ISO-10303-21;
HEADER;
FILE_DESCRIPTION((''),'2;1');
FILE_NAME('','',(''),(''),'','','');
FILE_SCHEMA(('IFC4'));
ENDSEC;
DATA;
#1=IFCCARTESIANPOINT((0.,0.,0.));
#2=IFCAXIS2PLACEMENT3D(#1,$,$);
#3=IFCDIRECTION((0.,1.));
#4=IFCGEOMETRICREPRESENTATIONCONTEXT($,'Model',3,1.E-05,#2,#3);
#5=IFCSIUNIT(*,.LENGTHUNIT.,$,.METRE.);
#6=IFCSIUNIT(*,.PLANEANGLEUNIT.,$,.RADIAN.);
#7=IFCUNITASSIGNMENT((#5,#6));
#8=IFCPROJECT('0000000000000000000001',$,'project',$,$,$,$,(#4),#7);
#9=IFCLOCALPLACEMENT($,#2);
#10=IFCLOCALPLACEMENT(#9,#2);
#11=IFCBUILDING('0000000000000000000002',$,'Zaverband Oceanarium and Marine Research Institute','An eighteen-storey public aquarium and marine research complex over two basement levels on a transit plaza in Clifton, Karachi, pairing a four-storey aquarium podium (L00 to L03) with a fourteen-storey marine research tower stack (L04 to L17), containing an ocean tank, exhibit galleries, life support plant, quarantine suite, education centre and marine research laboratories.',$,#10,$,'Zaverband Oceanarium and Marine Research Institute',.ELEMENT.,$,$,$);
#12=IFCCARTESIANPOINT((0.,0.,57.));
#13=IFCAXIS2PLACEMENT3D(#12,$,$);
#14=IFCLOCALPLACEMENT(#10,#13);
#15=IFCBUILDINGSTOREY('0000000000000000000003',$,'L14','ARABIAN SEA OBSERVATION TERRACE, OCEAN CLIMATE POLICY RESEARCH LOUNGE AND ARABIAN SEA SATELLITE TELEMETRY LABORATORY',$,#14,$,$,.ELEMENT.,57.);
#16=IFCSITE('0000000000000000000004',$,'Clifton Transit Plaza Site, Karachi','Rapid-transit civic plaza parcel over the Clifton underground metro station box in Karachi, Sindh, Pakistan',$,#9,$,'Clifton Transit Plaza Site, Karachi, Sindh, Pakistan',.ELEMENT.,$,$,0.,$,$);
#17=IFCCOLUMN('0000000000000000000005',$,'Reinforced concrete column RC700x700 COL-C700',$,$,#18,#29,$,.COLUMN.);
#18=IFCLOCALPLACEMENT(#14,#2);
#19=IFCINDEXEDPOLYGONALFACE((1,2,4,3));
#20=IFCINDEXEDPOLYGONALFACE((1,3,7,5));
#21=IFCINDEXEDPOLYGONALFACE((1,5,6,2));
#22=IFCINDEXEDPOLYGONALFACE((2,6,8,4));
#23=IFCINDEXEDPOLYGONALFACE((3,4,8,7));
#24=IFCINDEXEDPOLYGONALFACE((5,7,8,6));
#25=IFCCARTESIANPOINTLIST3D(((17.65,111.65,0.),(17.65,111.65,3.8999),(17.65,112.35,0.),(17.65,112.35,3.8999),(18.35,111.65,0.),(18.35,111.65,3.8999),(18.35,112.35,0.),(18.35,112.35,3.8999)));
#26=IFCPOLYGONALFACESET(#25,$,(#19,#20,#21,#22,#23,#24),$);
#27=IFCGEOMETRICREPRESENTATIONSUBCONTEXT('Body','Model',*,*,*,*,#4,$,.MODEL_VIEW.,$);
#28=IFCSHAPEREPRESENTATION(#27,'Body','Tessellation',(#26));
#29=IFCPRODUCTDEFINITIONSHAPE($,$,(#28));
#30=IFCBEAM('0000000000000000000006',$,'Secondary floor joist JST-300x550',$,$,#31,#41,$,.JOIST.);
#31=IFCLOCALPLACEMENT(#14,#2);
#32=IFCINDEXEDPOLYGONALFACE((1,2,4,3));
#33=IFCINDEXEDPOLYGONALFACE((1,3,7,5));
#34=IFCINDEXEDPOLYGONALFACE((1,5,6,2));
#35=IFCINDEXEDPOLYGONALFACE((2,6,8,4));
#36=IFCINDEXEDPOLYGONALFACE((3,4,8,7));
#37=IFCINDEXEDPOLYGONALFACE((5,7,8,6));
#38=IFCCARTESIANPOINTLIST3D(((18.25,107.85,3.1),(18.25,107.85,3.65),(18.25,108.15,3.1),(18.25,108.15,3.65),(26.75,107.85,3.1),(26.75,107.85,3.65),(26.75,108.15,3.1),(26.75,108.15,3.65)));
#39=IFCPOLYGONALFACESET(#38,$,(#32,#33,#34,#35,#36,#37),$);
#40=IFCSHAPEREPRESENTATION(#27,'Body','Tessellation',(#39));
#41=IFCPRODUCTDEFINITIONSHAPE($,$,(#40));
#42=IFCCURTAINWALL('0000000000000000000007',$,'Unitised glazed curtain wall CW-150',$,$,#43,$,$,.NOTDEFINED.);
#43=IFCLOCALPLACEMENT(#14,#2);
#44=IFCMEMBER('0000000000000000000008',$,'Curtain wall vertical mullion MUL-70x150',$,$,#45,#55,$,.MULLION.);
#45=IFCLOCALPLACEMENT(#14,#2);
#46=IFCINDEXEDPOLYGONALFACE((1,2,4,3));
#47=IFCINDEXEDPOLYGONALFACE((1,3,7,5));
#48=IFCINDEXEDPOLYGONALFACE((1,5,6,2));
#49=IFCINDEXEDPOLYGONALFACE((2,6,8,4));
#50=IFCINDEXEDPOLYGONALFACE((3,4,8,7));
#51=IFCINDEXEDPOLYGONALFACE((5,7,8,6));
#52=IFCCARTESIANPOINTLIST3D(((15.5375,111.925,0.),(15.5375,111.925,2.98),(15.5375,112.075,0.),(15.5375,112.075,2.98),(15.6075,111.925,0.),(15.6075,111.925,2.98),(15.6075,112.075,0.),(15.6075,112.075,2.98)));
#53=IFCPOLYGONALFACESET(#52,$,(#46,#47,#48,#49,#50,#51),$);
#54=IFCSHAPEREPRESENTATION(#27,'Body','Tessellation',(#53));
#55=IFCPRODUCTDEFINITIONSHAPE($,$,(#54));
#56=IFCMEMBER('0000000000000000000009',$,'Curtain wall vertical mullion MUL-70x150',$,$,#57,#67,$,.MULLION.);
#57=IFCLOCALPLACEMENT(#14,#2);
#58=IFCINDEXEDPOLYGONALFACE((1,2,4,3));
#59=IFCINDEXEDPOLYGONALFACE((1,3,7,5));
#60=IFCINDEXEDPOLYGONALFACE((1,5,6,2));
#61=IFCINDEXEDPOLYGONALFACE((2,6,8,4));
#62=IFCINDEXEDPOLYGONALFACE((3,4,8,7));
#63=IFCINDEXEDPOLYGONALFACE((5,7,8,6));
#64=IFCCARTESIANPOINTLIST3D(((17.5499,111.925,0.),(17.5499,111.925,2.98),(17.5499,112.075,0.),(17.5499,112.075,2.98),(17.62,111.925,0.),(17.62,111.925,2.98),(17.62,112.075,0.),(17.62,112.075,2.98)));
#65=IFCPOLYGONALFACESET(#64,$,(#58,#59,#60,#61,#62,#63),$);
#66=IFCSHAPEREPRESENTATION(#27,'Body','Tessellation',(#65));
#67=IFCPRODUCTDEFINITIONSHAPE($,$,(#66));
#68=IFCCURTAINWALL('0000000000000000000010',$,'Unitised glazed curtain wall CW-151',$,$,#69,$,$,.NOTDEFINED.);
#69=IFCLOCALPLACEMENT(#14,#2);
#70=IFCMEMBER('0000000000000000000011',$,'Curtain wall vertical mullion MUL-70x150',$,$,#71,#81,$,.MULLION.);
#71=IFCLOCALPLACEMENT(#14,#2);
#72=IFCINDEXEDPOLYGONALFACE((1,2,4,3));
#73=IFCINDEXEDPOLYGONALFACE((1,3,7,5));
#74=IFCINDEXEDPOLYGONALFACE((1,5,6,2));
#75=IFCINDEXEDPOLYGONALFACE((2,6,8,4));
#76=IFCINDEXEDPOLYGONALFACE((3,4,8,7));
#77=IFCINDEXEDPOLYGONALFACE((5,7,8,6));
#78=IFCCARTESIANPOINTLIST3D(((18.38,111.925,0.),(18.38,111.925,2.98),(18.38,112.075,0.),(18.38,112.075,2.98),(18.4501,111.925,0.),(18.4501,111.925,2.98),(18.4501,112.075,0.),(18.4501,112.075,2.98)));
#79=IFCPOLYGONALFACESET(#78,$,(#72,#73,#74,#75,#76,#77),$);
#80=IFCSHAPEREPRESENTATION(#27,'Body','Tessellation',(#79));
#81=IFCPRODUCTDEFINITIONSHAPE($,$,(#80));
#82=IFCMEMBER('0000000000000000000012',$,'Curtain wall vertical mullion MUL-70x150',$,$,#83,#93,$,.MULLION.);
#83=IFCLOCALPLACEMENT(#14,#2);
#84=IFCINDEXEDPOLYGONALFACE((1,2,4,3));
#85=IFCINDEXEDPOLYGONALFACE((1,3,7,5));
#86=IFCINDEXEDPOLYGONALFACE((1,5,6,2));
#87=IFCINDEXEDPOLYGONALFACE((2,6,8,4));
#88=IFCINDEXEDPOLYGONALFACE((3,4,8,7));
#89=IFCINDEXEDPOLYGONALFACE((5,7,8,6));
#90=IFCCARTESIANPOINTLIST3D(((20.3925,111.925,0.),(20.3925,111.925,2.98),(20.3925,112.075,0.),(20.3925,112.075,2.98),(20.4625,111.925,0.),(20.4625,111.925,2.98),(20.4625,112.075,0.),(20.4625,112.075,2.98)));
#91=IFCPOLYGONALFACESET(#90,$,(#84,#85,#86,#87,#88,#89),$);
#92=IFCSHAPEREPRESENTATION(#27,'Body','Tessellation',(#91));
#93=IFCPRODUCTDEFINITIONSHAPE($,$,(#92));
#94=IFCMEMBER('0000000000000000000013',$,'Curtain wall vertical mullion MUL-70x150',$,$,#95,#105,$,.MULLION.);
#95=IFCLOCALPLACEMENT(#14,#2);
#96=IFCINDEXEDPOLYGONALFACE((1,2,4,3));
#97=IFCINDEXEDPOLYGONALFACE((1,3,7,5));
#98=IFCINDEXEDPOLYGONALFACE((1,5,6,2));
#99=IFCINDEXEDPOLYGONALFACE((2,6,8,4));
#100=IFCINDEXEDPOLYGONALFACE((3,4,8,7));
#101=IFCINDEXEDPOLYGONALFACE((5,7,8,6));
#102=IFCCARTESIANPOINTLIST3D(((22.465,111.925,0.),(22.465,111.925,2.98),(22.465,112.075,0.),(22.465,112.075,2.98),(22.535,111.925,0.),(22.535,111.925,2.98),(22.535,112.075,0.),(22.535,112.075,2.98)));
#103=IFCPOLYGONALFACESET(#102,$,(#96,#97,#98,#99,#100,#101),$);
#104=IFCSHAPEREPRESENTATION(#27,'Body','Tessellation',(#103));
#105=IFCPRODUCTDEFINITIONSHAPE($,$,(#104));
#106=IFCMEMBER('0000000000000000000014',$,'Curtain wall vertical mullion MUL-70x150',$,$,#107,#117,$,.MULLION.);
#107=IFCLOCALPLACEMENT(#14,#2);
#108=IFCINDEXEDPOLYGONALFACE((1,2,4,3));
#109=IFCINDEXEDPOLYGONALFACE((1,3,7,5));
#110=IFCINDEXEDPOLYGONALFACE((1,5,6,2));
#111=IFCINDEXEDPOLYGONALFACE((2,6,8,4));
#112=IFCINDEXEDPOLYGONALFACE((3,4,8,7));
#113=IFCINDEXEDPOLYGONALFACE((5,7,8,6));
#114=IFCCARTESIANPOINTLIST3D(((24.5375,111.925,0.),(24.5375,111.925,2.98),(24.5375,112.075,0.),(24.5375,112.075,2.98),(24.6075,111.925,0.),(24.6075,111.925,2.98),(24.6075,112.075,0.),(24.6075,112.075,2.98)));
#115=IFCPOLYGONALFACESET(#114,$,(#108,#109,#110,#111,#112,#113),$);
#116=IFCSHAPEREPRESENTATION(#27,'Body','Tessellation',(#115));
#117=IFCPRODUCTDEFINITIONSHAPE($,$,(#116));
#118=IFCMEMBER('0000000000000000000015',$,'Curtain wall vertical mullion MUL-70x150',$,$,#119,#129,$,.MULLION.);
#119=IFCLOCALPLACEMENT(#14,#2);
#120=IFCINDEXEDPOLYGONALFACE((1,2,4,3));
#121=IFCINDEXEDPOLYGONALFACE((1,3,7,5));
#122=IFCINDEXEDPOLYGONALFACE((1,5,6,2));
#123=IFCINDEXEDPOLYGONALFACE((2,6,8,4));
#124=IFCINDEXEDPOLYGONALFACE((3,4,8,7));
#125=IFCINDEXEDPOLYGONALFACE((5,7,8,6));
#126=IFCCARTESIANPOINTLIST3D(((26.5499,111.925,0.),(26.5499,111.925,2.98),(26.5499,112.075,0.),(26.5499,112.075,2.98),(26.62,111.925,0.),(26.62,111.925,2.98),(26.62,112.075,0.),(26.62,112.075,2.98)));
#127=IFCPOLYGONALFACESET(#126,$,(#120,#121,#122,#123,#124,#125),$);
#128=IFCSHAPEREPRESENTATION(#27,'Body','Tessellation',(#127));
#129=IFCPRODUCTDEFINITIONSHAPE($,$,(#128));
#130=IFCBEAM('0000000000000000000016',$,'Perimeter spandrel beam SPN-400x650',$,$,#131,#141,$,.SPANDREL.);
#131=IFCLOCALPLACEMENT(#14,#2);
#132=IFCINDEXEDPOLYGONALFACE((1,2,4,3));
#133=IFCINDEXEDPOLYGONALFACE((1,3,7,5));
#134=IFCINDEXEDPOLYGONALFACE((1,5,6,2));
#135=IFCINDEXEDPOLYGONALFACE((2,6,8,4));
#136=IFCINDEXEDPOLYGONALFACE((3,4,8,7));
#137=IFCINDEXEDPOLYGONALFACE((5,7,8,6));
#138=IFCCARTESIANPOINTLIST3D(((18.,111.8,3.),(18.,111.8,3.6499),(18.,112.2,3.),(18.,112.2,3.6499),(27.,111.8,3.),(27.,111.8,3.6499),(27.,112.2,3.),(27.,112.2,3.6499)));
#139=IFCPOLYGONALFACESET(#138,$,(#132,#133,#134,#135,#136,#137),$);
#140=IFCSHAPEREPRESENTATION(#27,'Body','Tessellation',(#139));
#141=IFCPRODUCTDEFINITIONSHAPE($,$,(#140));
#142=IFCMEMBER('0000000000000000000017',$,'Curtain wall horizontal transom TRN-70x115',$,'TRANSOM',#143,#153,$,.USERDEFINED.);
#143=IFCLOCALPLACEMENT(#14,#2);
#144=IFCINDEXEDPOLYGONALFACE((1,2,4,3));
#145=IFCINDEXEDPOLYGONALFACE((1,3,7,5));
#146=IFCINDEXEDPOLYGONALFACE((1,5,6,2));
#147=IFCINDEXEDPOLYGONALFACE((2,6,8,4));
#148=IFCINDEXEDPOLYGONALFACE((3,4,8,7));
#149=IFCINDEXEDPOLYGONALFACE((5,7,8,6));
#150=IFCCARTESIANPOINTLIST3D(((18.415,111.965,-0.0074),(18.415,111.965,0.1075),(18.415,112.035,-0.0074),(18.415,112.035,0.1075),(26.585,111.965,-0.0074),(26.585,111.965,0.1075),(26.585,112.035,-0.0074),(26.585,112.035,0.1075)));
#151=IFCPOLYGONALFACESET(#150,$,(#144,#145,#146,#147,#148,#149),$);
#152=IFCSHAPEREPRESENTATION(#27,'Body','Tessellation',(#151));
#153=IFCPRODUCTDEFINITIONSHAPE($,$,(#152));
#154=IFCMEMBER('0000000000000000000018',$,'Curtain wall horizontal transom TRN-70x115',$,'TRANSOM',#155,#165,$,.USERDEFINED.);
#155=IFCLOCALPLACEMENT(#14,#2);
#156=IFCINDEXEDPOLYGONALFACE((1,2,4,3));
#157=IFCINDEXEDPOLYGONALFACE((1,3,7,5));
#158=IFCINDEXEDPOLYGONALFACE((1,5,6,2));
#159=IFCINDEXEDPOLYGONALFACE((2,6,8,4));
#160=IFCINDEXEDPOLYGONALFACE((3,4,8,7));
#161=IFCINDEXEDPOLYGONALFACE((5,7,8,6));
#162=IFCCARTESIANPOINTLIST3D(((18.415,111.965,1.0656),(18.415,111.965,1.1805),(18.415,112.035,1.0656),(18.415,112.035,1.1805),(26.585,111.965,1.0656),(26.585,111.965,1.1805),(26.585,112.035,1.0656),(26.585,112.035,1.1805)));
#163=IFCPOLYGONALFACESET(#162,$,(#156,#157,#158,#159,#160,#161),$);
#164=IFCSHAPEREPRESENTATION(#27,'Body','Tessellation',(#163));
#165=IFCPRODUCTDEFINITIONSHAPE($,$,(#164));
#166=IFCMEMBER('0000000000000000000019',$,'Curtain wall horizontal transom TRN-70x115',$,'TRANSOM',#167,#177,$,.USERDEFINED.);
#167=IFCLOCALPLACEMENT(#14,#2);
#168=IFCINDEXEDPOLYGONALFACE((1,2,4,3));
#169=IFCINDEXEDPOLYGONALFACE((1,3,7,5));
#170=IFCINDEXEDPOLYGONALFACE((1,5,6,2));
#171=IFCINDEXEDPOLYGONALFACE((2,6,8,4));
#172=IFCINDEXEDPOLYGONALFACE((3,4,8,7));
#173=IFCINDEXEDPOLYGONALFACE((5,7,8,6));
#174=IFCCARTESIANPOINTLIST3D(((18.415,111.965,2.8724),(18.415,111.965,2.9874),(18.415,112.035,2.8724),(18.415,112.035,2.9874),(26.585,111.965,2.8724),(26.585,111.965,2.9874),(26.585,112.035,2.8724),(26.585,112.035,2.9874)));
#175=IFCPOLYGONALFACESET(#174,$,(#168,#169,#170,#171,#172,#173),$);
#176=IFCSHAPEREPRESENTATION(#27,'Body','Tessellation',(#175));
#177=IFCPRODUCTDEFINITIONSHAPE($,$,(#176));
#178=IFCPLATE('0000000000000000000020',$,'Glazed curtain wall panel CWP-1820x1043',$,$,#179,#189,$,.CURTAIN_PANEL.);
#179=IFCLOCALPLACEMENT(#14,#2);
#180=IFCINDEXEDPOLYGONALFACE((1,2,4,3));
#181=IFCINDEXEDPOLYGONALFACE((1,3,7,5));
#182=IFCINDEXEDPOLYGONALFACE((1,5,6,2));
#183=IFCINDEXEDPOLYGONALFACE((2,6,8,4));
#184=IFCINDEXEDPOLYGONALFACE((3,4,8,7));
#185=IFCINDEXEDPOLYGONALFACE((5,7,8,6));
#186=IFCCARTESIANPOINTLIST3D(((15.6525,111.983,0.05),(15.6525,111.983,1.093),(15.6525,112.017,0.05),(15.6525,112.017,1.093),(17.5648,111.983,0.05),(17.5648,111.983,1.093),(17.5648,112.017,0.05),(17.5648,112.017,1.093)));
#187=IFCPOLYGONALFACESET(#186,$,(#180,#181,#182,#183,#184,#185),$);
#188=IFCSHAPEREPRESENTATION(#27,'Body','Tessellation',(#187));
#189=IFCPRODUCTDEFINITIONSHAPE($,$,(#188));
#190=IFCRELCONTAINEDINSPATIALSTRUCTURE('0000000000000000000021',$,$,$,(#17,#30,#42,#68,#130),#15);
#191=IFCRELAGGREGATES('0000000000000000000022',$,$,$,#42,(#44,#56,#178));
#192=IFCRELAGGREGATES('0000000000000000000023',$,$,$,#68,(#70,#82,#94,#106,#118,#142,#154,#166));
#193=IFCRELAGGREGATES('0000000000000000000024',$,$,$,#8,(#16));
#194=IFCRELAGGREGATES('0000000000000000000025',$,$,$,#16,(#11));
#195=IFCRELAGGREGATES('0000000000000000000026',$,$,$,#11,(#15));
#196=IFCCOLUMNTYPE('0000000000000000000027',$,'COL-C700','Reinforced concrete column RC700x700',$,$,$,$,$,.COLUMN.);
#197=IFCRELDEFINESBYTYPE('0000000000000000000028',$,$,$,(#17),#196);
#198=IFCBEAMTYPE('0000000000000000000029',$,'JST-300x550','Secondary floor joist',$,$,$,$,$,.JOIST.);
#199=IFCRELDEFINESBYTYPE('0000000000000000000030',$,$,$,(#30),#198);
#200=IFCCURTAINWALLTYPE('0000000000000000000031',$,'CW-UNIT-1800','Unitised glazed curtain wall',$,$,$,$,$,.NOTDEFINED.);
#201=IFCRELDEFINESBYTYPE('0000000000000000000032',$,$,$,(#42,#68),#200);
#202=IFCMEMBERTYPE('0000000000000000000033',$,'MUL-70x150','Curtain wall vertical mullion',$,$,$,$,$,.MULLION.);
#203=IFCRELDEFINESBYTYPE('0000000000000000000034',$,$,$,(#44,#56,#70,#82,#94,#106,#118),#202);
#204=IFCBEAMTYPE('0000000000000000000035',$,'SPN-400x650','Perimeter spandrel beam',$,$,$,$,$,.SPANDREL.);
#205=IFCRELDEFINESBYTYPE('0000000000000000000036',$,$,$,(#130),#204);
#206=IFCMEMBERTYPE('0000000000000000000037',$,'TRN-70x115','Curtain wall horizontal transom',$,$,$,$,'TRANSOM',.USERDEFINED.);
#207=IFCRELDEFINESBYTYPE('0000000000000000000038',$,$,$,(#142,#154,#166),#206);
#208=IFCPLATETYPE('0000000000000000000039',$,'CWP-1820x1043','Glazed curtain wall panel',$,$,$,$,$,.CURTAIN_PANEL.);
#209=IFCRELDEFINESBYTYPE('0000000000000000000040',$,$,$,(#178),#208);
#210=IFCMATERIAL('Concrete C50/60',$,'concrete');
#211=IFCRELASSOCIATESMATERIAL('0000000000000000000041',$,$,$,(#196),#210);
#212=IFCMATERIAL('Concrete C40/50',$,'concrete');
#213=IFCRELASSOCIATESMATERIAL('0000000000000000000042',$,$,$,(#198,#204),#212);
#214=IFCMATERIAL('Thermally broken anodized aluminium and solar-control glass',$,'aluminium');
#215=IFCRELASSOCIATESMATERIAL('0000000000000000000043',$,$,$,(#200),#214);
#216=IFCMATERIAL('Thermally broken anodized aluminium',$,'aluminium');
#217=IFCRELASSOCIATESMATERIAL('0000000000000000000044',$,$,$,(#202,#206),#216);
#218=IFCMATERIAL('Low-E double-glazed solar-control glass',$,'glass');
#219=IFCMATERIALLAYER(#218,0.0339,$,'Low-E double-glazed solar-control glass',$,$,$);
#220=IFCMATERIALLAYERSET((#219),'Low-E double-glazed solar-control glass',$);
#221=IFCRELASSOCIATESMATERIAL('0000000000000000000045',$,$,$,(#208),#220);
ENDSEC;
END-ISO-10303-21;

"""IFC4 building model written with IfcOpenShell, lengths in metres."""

from ifc_helpers import new_model, si_unit, direction, frame, frame_2d, origin, origin_2d, place, context, subcontext, project, spatial, rectangle, extrude, material, layer, layer_set, material_profile, profile_set, type_object, element, aggregate, save


model = new_model("IFC4")

# Units and contexts
model_context = context("Model", 3, precision=1e-05, world=origin(), true_north=direction((0.0, 1.0)))
body_context = subcontext(model_context, "Body", "Model", "MODEL_VIEW")
ifc_project = project(units=[si_unit("LENGTHUNIT", "METRE"), si_unit("PLANEANGLEUNIT", "RADIAN")], contexts=[model_context])

# Site, building, storey
site_placement = place(None, origin())
site = spatial("IfcSite", under=ifc_project, at=site_placement, Name="Clifton Transit Plaza Site, Karachi", Description="Rapid-transit civic plaza parcel over the Clifton underground metro station box in Karachi, Sindh, Pakistan", LongName="Clifton Transit Plaza Site, Karachi, Sindh, Pakistan", CompositionType="ELEMENT", RefElevation=0.0)
building_placement = place(site_placement, origin())
building = spatial("IfcBuilding", under=site, at=building_placement, Name="Zaverband Oceanarium and Marine Research Institute", Description="An eighteen-storey public aquarium and marine research complex over two basement levels on a transit plaza in Clifton, Karachi, pairing a four-storey aquarium podium (L00 to L03) with a fourteen-storey marine research tower stack (L04 to L17), containing an ocean tank, exhibit galleries, life support plant, quarantine suite, education centre and marine research laboratories.", LongName="Zaverband Oceanarium and Marine Research Institute", CompositionType="ELEMENT")
storey_placement = place(building_placement, frame((0.0, 0.0, 57.0)))
storey = spatial("IfcBuildingStorey", under=building, at=storey_placement, Name="L14", Description="ARABIAN SEA OBSERVATION TERRACE, OCEAN CLIMATE POLICY RESEARCH LOUNGE AND ARABIAN SEA SATELLITE TELEMETRY LABORATORY", CompositionType="ELEMENT", Elevation=57.0)

# Column
ifc_material_1 = material(Name="Concrete C50/60", Category="concrete")
ifc_material_profile_1 = material_profile(ifc_material_1, rectangle(XDim=0.7, YDim=0.7, at=origin_2d()), Name="RC700x700")
ifc_profile_set_1 = profile_set([ifc_material_profile_1], Name="Concrete C50/60")
column_type = type_object("IfcColumnType", Name="COL-C700", Description="Reinforced concrete column RC700x700", PredefinedType="COLUMN", material=ifc_profile_set_1)
column_placement = place(storey_placement, frame((18.0, 112.0, 0.0), z_axis=(0.0, 0.0, 1.0), x_axis=(1.0, 0.0, 0.0)))
element("IfcColumn", 1, at=column_placement, inside=storey, type_object=column_type, Name="Reinforced concrete column RC700x700 COL-C700", PredefinedType="COLUMN", context=body_context, shape_type="SweptSolid", body=[
    extrude(rectangle(XDim=0.7, YDim=0.7, at=origin_2d()), origin(), (0.0, 0.0, 1.0), 3.8999),
])

# Beam
ifc_material_2 = material(Name="Concrete C40/50", Category="concrete")
ifc_material_profile_2 = material_profile(ifc_material_2, rectangle(XDim=0.3, YDim=0.55, at=origin_2d()), Name="RC300x550")
ifc_profile_set_2 = profile_set([ifc_material_profile_2], Name="Concrete C40/50")
beam_type_1 = type_object("IfcBeamType", Name="JST-300x550", Description="Secondary floor joist", PredefinedType="JOIST", material=ifc_profile_set_2)
beam_1_placement = place(storey_placement, frame((18.25, 108.0, 3.375), z_axis=(1.0, 0.0, 0.0), x_axis=(0.0, 1.0, 0.0)))
element("IfcBeam", 2, at=beam_1_placement, inside=storey, type_object=beam_type_1, Name="Secondary floor joist JST-300x550", PredefinedType="JOIST", context=body_context, shape_type="SweptSolid", body=[
    extrude(rectangle(XDim=0.3, YDim=0.55, at=origin_2d()), origin(), (0.0, 0.0, 1.0), 8.5),
])

# Curtain walls, members
ifc_material_3 = material(Name="Thermally broken anodized aluminium and solar-control glass", Category="aluminium")
curtain_wall_type = type_object("IfcCurtainWallType", Name="CW-UNIT-1800", Description="Unitised glazed curtain wall", PredefinedType="NOTDEFINED", material=ifc_material_3)
curtain_wall_1_placement = place(storey_placement, origin())
curtain_wall_1 = element("IfcCurtainWall", 3, at=curtain_wall_1_placement, inside=storey, type_object=curtain_wall_type, Name="Unitised glazed curtain wall CW-150", PredefinedType="NOTDEFINED")
ifc_material_4 = material(Name="Thermally broken anodized aluminium", Category="aluminium")
ifc_material_profile_3 = material_profile(ifc_material_4, rectangle(XDim=0.0701, YDim=0.1499, at=origin_2d()), Name="AL-MUL-70x150")
ifc_profile_set_3 = profile_set([ifc_material_profile_3], Name="Thermally broken anodized aluminium")
member_type_1 = type_object("IfcMemberType", Name="MUL-70x150", Description="Curtain wall vertical mullion", PredefinedType="MULLION", material=ifc_profile_set_3)
member_1_placement = place(storey_placement, frame((15.5725, 112.0, 0.0), z_axis=(0.0, 0.0, 1.0), x_axis=(1.0, 0.0, 0.0)))
member_1 = element("IfcMember", 4, at=member_1_placement, type_object=member_type_1, Name="Curtain wall vertical mullion MUL-70x150", PredefinedType="MULLION", context=body_context, shape_type="SweptSolid", body=[
    extrude(rectangle(XDim=0.0701, YDim=0.1499, at=origin_2d()), origin(), (0.0, 0.0, 1.0), 2.98),
])
member_2_placement = place(storey_placement, frame((17.585, 112.0, 0.0), z_axis=(0.0, 0.0, 1.0), x_axis=(1.0, 0.0, 0.0)))
member_2 = element("IfcMember", 5, at=member_2_placement, type_object=member_type_1, Name="Curtain wall vertical mullion MUL-70x150", PredefinedType="MULLION", context=body_context, shape_type="SweptSolid", body=[
    extrude(rectangle(XDim=0.0701, YDim=0.1499, at=origin_2d()), origin(), (0.0, 0.0, 1.0), 2.98),
])
curtain_wall_2_placement = place(storey_placement, origin())
curtain_wall_2 = element("IfcCurtainWall", 6, at=curtain_wall_2_placement, inside=storey, type_object=curtain_wall_type, Name="Unitised glazed curtain wall CW-151", PredefinedType="NOTDEFINED")
member_3_placement = place(storey_placement, frame((18.415, 112.0, 0.0), z_axis=(0.0, 0.0, 1.0), x_axis=(1.0, 0.0, 0.0)))
member_3 = element("IfcMember", 7, at=member_3_placement, type_object=member_type_1, Name="Curtain wall vertical mullion MUL-70x150", PredefinedType="MULLION", context=body_context, shape_type="SweptSolid", body=[
    extrude(rectangle(XDim=0.0701, YDim=0.1499, at=origin_2d()), origin(), (0.0, 0.0, 1.0), 2.98),
])
member_4_placement = place(storey_placement, frame((20.4275, 112.0, 0.0), z_axis=(0.0, 0.0, 1.0), x_axis=(1.0, 0.0, 0.0)))
member_4 = element("IfcMember", 8, at=member_4_placement, type_object=member_type_1, Name="Curtain wall vertical mullion MUL-70x150", PredefinedType="MULLION", context=body_context, shape_type="SweptSolid", body=[
    extrude(rectangle(XDim=0.0701, YDim=0.1499, at=origin_2d()), origin(), (0.0, 0.0, 1.0), 2.98),
])
member_5_placement = place(storey_placement, frame((22.5, 112.0, 0.0), z_axis=(0.0, 0.0, 1.0), x_axis=(1.0, 0.0, 0.0)))
member_5 = element("IfcMember", 9, at=member_5_placement, type_object=member_type_1, Name="Curtain wall vertical mullion MUL-70x150", PredefinedType="MULLION", context=body_context, shape_type="SweptSolid", body=[
    extrude(rectangle(XDim=0.0701, YDim=0.1499, at=origin_2d()), origin(), (0.0, 0.0, 1.0), 2.98),
])
member_6_placement = place(storey_placement, frame((24.5725, 112.0, 0.0), z_axis=(0.0, 0.0, 1.0), x_axis=(1.0, 0.0, 0.0)))
member_6 = element("IfcMember", 10, at=member_6_placement, type_object=member_type_1, Name="Curtain wall vertical mullion MUL-70x150", PredefinedType="MULLION", context=body_context, shape_type="SweptSolid", body=[
    extrude(rectangle(XDim=0.0701, YDim=0.1499, at=origin_2d()), origin(), (0.0, 0.0, 1.0), 2.98),
])
member_7_placement = place(storey_placement, frame((26.585, 112.0, 0.0), z_axis=(0.0, 0.0, 1.0), x_axis=(1.0, 0.0, 0.0)))
member_7 = element("IfcMember", 11, at=member_7_placement, type_object=member_type_1, Name="Curtain wall vertical mullion MUL-70x150", PredefinedType="MULLION", context=body_context, shape_type="SweptSolid", body=[
    extrude(rectangle(XDim=0.0701, YDim=0.1499, at=origin_2d()), origin(), (0.0, 0.0, 1.0), 2.98),
])

# Beam
ifc_material_profile_4 = material_profile(ifc_material_2, rectangle(XDim=0.3999, YDim=0.6499, at=origin_2d()), Name="RC400x650")
ifc_profile_set_4 = profile_set([ifc_material_profile_4], Name="Concrete C40/50")
beam_type_2 = type_object("IfcBeamType", Name="SPN-400x650", Description="Perimeter spandrel beam", PredefinedType="SPANDREL", material=ifc_profile_set_4)
beam_2_placement = place(storey_placement, frame((18.0, 112.0, 3.325), z_axis=(1.0, 0.0, 0.0), x_axis=(0.0, 1.0, 0.0)))
element("IfcBeam", 12, at=beam_2_placement, inside=storey, type_object=beam_type_2, Name="Perimeter spandrel beam SPN-400x650", PredefinedType="SPANDREL", context=body_context, shape_type="SweptSolid", body=[
    extrude(rectangle(XDim=0.3999, YDim=0.6499, at=origin_2d()), origin(), (0.0, 0.0, 1.0), 9.0),
])

# Members
ifc_material_profile_5 = material_profile(ifc_material_4, rectangle(XDim=0.0701, YDim=0.115, at=origin_2d()), Name="AL-TRN-70x115")
ifc_profile_set_5 = profile_set([ifc_material_profile_5], Name="Thermally broken anodized aluminium")
member_type_2 = type_object("IfcMemberType", Name="TRN-70x115", Description="Curtain wall horizontal transom", ElementType="TRANSOM", PredefinedType="USERDEFINED", material=ifc_profile_set_5)
member_8_placement = place(storey_placement, frame((18.415, 112.0, 0.05), z_axis=(1.0, 0.0, 0.0), x_axis=(0.0, 1.0, 0.0)))
member_8 = element("IfcMember", 13, at=member_8_placement, type_object=member_type_2, Name="Curtain wall horizontal transom TRN-70x115", ObjectType="TRANSOM", PredefinedType="USERDEFINED", context=body_context, shape_type="SweptSolid", body=[
    extrude(rectangle(XDim=0.0701, YDim=0.115, at=origin_2d()), origin(), (0.0, 0.0, 1.0), 8.1699),
])
member_9_placement = place(storey_placement, frame((18.415, 112.0, 1.123), z_axis=(1.0, 0.0, 0.0), x_axis=(0.0, 1.0, 0.0)))
member_9 = element("IfcMember", 14, at=member_9_placement, type_object=member_type_2, Name="Curtain wall horizontal transom TRN-70x115", ObjectType="TRANSOM", PredefinedType="USERDEFINED", context=body_context, shape_type="SweptSolid", body=[
    extrude(rectangle(XDim=0.0701, YDim=0.115, at=origin_2d()), origin(), (0.0, 0.0, 1.0), 8.1699),
])
member_10_placement = place(storey_placement, frame((18.415, 112.0, 2.9299), z_axis=(1.0, 0.0, 0.0), x_axis=(0.0, 1.0, 0.0)))
member_10 = element("IfcMember", 15, at=member_10_placement, type_object=member_type_2, Name="Curtain wall horizontal transom TRN-70x115", ObjectType="TRANSOM", PredefinedType="USERDEFINED", context=body_context, shape_type="SweptSolid", body=[
    extrude(rectangle(XDim=0.0701, YDim=0.115, at=origin_2d()), origin(), (0.0, 0.0, 1.0), 8.1699),
])

# Plate
ifc_material_5 = material(Name="Low-E double-glazed solar-control glass", Category="glass")
ifc_layer_1 = layer(ifc_material_5, 0.0339, Name="Low-E double-glazed solar-control glass")
ifc_layer_set_1 = layer_set([ifc_layer_1], Name="Low-E double-glazed solar-control glass")
plate_type_1 = type_object("IfcPlateType", Name="CWP-1820x1043", Description="Glazed curtain wall panel", PredefinedType="CURTAIN_PANEL", material=ifc_layer_set_1)
plate_1_placement = place(storey_placement, frame((15.6526, 112.0, 0.05), z_axis=(0.0, 0.0, 1.0), x_axis=(1.0, 0.0, 0.0)))
plate_1 = element("IfcPlate", 16, at=plate_1_placement, type_object=plate_type_1, Name="Glazed curtain wall panel CWP-1820x1043", PredefinedType="CURTAIN_PANEL", context=body_context, shape_type="SweptSolid", body=[
    extrude(rectangle(XDim=1.9124, YDim=0.0339, at=frame_2d((0.9561, 0.0))), origin(), (0.0, 0.0, 1.0), 1.043),
])
aggregate(curtain_wall_1, [member_1, member_2, plate_1])
aggregate(curtain_wall_2, [member_3, member_4, member_5, member_6, member_7, member_8, member_9, member_10])

save(model, "model.ifc")
